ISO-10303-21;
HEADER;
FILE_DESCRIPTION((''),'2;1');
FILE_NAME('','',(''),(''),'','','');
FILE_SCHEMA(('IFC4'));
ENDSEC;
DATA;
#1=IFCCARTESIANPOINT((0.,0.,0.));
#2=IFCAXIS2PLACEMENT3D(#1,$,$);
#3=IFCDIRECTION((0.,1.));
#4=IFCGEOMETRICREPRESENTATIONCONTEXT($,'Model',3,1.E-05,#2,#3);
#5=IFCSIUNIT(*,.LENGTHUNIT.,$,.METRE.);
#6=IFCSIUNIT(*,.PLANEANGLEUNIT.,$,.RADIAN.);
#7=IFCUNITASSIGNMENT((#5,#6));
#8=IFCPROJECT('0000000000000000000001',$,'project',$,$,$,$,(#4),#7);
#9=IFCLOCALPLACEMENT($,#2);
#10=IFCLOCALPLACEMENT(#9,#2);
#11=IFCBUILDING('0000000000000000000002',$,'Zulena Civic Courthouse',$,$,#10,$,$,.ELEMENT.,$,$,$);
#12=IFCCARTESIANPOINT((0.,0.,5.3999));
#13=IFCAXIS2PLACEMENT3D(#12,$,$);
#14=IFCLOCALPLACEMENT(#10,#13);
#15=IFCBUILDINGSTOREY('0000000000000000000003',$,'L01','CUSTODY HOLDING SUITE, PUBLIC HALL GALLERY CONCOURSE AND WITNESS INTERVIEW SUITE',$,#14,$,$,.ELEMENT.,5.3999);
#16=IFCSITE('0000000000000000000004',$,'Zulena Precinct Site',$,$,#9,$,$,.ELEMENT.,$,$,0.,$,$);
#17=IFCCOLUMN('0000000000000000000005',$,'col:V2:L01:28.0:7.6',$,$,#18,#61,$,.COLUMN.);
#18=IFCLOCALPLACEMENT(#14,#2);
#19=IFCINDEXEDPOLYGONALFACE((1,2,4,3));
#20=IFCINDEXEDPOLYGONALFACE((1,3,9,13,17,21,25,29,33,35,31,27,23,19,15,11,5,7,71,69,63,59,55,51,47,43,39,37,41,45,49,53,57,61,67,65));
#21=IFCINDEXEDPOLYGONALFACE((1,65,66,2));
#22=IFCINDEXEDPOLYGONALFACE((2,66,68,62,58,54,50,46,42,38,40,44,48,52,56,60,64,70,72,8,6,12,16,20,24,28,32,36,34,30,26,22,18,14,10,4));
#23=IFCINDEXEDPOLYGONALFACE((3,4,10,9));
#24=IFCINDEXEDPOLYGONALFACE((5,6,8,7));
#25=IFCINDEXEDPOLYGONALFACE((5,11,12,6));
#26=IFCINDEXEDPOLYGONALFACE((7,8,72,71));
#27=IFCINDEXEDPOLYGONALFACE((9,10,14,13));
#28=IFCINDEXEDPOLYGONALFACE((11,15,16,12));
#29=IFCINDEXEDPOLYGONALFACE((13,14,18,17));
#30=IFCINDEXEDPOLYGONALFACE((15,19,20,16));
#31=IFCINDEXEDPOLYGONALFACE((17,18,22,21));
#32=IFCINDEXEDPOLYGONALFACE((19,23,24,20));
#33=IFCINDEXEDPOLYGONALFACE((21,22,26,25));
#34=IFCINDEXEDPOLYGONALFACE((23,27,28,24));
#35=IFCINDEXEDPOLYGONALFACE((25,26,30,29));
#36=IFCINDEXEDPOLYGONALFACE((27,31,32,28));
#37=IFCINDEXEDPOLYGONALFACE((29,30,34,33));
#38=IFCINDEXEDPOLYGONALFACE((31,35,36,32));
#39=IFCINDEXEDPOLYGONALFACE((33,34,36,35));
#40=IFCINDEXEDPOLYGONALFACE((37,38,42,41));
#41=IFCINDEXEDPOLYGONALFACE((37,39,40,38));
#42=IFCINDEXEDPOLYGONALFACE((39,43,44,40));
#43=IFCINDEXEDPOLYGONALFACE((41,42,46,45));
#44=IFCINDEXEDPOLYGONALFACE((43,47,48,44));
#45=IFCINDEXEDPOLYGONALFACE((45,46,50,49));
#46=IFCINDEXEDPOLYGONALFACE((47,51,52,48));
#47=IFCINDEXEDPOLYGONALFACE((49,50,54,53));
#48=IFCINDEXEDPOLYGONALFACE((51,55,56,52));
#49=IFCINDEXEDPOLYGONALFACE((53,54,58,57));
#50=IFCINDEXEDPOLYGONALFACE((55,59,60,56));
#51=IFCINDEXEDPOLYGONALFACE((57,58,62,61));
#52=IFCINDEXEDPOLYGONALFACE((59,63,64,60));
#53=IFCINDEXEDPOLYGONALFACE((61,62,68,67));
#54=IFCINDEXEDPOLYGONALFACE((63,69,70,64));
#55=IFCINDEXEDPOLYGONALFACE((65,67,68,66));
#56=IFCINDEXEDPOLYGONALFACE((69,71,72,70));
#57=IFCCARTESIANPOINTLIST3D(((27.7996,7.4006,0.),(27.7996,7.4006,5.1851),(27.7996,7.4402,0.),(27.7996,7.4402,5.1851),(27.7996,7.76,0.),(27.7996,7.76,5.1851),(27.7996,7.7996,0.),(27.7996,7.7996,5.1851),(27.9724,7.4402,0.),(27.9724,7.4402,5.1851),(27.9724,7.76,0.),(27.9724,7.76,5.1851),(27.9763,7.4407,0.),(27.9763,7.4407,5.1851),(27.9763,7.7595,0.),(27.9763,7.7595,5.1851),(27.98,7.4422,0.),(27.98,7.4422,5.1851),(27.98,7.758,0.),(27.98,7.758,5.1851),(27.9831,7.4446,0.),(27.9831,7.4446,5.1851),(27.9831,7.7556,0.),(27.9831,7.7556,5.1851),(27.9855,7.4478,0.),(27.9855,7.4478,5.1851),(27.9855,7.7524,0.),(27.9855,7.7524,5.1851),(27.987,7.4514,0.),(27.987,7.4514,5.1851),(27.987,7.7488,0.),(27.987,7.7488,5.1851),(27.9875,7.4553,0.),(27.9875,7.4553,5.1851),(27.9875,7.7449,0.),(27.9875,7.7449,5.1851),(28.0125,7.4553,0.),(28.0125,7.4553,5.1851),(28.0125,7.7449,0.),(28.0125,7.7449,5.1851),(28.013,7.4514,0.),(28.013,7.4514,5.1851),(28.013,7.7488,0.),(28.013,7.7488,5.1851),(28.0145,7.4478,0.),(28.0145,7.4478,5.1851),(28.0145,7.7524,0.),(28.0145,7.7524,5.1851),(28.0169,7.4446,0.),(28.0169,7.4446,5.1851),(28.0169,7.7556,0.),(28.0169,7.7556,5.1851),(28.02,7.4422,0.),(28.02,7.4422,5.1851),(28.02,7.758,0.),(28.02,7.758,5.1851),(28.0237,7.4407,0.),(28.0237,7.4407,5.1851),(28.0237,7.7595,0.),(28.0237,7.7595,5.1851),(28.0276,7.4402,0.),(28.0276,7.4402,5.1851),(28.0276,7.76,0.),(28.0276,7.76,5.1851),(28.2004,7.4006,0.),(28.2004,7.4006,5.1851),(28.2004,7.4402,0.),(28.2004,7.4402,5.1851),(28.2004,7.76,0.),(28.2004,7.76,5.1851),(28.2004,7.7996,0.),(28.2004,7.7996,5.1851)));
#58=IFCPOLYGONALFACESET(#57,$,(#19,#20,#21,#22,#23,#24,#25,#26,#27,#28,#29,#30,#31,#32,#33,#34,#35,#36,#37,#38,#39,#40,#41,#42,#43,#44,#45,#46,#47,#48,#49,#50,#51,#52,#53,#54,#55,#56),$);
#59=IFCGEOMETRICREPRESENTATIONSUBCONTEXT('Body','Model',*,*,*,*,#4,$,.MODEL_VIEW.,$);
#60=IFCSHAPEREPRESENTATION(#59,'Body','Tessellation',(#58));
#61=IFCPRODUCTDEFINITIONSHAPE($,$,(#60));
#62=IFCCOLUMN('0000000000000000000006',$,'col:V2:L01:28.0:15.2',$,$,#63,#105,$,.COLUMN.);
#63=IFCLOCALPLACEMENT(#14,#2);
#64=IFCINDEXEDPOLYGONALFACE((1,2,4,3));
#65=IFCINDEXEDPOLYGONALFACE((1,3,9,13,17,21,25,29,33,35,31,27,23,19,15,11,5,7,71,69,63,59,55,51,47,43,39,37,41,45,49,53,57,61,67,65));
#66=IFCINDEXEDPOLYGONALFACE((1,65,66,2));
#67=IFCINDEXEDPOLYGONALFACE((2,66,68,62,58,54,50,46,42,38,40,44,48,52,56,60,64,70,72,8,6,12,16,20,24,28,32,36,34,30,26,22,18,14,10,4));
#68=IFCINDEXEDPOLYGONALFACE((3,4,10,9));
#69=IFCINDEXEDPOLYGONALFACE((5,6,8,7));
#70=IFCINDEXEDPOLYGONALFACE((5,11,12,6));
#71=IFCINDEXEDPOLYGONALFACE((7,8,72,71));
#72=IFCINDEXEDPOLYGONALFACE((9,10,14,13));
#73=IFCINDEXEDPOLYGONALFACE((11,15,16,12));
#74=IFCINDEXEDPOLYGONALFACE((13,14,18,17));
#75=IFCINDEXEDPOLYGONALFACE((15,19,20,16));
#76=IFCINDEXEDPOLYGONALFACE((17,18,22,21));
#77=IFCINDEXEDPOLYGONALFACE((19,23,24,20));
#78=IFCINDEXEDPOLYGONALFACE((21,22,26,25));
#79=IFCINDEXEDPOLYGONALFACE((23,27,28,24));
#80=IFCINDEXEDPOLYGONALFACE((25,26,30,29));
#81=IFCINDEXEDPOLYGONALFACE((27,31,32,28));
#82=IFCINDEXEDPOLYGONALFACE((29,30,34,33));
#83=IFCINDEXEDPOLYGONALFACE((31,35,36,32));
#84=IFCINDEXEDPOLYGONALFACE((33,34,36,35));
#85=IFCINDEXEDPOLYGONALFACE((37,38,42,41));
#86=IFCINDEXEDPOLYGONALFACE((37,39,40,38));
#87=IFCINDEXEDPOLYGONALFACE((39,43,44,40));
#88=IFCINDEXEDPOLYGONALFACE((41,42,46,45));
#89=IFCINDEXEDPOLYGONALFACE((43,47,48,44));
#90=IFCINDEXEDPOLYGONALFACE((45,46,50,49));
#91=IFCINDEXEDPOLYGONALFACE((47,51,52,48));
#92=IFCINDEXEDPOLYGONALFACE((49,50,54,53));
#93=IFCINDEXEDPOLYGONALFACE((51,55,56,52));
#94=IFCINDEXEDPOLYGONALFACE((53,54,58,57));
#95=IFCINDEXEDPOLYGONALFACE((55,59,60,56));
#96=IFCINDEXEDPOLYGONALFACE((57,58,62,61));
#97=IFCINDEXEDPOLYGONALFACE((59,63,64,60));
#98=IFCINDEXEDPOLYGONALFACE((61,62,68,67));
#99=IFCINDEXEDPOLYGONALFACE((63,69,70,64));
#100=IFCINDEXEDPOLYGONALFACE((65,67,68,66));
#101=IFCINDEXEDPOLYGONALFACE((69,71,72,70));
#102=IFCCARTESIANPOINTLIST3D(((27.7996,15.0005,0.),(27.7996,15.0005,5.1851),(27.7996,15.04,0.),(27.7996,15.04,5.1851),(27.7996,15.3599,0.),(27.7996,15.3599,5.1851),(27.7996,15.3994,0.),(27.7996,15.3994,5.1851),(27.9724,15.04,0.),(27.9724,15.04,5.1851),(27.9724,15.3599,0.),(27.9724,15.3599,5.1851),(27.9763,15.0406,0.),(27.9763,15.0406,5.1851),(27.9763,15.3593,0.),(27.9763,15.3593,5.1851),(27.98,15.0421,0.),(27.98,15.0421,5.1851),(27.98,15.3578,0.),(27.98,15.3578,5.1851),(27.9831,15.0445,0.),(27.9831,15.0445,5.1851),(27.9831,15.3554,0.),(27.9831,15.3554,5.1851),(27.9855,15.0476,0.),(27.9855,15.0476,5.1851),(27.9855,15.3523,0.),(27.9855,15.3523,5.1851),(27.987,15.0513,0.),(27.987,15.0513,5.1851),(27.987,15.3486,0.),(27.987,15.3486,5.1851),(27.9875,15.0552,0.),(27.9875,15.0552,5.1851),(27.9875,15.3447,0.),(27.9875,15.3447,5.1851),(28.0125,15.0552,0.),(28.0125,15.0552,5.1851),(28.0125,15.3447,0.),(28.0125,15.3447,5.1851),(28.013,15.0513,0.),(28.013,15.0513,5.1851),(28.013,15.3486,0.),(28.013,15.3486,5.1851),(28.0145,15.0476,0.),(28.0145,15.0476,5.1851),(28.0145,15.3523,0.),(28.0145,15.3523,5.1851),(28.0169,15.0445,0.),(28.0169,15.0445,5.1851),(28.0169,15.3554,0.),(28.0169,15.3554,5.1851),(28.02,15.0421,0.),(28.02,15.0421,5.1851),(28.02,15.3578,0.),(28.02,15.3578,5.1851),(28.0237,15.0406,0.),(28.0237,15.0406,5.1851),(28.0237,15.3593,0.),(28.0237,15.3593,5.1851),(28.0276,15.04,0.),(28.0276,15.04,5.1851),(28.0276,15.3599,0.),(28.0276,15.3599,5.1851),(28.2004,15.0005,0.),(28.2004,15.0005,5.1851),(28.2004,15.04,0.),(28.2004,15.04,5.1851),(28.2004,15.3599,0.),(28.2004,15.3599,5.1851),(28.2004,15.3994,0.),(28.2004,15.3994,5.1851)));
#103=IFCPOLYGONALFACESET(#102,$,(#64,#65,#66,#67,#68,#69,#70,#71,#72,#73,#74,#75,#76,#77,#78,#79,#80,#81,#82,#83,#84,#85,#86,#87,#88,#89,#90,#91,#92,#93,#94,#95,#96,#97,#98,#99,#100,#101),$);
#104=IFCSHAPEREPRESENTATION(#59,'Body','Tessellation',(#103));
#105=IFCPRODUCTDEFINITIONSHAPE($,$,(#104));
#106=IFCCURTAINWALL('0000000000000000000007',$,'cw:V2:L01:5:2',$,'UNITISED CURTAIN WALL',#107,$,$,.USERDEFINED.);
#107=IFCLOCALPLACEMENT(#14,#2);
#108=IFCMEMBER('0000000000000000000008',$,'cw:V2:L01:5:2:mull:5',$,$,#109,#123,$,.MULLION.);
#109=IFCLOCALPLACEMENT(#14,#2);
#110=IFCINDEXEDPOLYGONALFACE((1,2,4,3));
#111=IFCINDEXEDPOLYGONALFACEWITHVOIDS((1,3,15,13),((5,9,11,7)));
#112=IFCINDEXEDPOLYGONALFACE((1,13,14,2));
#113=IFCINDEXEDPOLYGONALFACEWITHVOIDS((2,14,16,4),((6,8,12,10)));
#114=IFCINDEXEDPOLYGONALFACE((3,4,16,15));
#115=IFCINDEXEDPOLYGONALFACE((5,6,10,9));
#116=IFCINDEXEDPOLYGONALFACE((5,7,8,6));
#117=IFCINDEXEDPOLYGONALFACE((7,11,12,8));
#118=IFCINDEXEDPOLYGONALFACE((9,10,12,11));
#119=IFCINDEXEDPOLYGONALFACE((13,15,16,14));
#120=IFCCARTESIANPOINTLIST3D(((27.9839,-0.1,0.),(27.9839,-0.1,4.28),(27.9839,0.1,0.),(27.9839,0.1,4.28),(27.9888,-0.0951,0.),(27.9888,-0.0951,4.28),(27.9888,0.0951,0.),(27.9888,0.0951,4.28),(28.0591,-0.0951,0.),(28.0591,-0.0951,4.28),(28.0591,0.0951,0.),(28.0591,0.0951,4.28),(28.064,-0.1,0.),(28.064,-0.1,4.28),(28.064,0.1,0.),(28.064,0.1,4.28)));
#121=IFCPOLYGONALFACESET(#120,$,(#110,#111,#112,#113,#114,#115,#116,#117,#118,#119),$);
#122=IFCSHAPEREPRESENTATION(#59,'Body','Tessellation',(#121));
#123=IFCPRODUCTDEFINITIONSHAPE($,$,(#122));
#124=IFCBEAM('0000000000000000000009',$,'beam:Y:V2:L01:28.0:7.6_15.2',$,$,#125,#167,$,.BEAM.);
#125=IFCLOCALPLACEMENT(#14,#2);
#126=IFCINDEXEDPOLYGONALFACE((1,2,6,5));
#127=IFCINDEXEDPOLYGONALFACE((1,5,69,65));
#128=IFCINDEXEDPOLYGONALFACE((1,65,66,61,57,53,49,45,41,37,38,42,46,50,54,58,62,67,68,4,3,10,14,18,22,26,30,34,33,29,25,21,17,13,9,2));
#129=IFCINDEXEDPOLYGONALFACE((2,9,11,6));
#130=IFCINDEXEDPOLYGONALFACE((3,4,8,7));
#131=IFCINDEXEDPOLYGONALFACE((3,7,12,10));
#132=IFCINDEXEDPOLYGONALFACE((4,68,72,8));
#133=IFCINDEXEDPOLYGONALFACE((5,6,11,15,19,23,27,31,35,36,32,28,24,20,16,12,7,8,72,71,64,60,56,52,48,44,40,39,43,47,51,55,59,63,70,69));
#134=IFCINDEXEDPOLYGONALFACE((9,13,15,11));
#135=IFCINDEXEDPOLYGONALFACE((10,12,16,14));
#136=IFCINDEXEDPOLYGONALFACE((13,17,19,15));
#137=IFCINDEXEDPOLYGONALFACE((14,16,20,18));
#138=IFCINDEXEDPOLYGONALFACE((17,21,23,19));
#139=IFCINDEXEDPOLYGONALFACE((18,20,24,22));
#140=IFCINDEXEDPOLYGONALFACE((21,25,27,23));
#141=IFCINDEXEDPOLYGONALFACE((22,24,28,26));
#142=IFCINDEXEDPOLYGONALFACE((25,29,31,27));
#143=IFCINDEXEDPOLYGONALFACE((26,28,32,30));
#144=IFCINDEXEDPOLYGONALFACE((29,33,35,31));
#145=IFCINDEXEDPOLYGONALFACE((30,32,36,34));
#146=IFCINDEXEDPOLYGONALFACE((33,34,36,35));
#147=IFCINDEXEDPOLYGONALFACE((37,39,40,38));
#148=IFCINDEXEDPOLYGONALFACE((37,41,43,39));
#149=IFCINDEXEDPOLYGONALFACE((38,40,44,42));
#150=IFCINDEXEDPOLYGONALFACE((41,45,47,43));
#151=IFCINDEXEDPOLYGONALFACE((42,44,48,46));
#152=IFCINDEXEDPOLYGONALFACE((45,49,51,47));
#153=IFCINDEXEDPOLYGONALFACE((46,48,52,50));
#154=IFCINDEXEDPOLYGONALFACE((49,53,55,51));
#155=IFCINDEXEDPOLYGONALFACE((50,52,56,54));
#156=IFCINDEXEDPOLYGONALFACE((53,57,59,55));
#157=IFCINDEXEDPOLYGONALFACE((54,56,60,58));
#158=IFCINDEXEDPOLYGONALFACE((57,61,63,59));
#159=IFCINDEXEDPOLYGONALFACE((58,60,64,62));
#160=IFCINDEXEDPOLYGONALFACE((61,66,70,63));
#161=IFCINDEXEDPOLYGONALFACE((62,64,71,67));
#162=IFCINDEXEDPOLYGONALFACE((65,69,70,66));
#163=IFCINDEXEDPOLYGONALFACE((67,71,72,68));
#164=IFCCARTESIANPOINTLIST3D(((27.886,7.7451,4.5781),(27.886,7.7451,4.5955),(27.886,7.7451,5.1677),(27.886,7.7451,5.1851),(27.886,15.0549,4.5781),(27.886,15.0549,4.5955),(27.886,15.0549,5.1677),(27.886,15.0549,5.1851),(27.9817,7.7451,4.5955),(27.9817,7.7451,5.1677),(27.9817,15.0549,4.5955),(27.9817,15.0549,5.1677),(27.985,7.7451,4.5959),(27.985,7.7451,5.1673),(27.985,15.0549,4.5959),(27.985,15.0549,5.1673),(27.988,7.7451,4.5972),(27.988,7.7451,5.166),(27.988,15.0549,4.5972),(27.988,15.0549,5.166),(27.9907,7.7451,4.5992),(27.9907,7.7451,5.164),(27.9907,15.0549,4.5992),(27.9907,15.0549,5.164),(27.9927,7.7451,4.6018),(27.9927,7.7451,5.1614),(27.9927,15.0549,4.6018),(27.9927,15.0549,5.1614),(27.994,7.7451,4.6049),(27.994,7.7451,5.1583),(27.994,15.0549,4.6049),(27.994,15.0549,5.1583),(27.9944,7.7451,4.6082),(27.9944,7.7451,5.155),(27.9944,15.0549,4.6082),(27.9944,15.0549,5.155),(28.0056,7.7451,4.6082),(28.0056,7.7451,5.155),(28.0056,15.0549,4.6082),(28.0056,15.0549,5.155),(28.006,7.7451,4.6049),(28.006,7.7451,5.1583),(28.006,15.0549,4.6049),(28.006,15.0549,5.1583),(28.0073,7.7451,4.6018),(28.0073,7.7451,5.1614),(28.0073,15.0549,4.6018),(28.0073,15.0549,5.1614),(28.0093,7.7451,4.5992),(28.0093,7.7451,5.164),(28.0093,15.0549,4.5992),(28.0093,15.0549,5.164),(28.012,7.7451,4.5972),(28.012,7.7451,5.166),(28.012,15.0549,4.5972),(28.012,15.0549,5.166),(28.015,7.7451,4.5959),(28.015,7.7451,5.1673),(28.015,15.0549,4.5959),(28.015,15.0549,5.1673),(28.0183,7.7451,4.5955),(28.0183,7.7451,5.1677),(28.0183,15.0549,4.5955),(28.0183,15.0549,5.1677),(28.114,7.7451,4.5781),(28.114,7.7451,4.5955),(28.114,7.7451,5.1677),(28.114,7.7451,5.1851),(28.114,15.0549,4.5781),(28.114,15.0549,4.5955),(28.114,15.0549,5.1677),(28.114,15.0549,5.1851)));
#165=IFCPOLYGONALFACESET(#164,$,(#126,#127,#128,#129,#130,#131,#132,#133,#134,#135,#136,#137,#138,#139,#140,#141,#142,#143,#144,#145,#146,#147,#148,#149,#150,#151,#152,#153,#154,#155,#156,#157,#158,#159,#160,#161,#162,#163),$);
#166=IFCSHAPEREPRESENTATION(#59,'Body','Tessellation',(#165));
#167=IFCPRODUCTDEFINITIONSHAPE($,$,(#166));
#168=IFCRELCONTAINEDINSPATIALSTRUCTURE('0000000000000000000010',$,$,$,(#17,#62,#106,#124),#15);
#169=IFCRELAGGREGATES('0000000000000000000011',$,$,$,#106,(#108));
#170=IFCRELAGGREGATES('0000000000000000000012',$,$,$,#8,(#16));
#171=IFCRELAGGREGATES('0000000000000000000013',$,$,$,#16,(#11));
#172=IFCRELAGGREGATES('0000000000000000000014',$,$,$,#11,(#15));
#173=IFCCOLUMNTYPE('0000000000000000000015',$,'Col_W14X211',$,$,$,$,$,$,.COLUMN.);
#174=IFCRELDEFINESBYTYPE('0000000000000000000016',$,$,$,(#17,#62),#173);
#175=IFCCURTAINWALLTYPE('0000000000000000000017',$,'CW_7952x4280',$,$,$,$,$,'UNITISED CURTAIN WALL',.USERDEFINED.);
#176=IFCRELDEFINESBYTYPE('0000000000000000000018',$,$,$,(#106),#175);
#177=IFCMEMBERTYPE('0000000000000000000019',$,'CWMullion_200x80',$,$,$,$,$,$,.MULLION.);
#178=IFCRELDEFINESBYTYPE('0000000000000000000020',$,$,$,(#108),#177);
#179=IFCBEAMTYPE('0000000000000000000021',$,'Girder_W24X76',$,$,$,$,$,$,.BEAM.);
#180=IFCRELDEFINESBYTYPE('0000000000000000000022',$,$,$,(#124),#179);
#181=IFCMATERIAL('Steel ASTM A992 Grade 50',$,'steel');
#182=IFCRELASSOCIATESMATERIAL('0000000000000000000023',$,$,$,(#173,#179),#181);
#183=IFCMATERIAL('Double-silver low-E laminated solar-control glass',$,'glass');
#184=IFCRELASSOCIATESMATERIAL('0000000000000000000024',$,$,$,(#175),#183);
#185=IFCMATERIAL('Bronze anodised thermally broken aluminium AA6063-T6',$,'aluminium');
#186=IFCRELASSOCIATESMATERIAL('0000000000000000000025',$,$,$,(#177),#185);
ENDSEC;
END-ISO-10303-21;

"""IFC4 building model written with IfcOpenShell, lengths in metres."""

from ifc_helpers import new_model, si_unit, direction, frame, origin, origin_2d, place, context, subcontext, project, spatial, hollow_rectangle, i_section, extrude, material, material_profile, profile_set, type_object, element, aggregate, save


model = new_model("IFC4")

# Units and contexts
model_context = context("Model", 3, precision=1e-05, world=origin(), true_north=direction((0.0, 1.0)))
body_context = subcontext(model_context, "Body", "Model", "MODEL_VIEW")
ifc_project = project(units=[si_unit("LENGTHUNIT", "METRE"), si_unit("PLANEANGLEUNIT", "RADIAN")], contexts=[model_context])

# Site, building, storey
site_placement = place(None, origin())
site = spatial("IfcSite", under=ifc_project, at=site_placement, Name="Zulena Precinct Site", CompositionType="ELEMENT", RefElevation=0.0)
building_placement = place(site_placement, origin())
building = spatial("IfcBuilding", under=site, at=building_placement, Name="Zulena Civic Courthouse", CompositionType="ELEMENT")
storey_placement = place(building_placement, frame((0.0, 0.0, 5.3999)))
storey = spatial("IfcBuildingStorey", under=building, at=storey_placement, Name="L01", Description="CUSTODY HOLDING SUITE, PUBLIC HALL GALLERY CONCOURSE AND WITNESS INTERVIEW SUITE", CompositionType="ELEMENT", Elevation=5.3999)

# Columns
ifc_material_1 = material(Name="Steel ASTM A992 Grade 50", Category="steel")
ifc_material_profile_1 = material_profile(ifc_material_1, i_section(OverallWidth=0.4009, OverallDepth=0.3989, WebThickness=0.0249, FlangeThickness=0.0396, FilletRadius=0.0151, at=origin_2d()), Name="W14X211")
ifc_profile_set_1 = profile_set([ifc_material_profile_1], Name="Steel ASTM A992 Grade 50")
column_type = type_object("IfcColumnType", Name="Col_W14X211", PredefinedType="COLUMN", material=ifc_profile_set_1)
for number, where, z_axis, x_axis, name in (
    (1, (28.0, 7.6001, 0.0), (0.0, 0.0, 1.0), (1.0, 0.0, 0.0), "col:V2:L01:28.0:7.6"),
    (2, (28.0, 15.2, 0.0), (0.0, 0.0, 1.0), (1.0, 0.0, 0.0), "col:V2:L01:28.0:15.2"),
):
    element("IfcColumn", number, at=place(storey_placement, frame(where, z_axis=z_axis, x_axis=x_axis)), inside=storey, type_object=column_type, Name=name, PredefinedType="COLUMN", context=body_context, shape_type="SweptSolid", body=[
        extrude(i_section(OverallWidth=0.4009, OverallDepth=0.3989, WebThickness=0.0249, FlangeThickness=0.0396, FilletRadius=0.0151, at=origin_2d()), origin(), (0.0, 0.0, 1.0), 5.1851),
    ])

# Curtain wall, member
ifc_material_2 = material(Name="Double-silver low-E laminated solar-control glass", Category="glass")
curtain_wall_type = type_object("IfcCurtainWallType", Name="CW_7952x4280", ElementType="UNITISED CURTAIN WALL", PredefinedType="USERDEFINED", material=ifc_material_2)
curtain_wall_placement = place(storey_placement, origin())
curtain_wall = element("IfcCurtainWall", 3, at=curtain_wall_placement, inside=storey, type_object=curtain_wall_type, Name="cw:V2:L01:5:2", ObjectType="UNITISED CURTAIN WALL", PredefinedType="USERDEFINED")
ifc_material_3 = material(Name="Bronze anodised thermally broken aluminium AA6063-T6", Category="aluminium")
ifc_material_profile_2 = material_profile(ifc_material_3, hollow_rectangle(XDim=0.0801, YDim=0.2, WallThickness=0.0049, at=origin_2d()), Name="CWM200X80X5")
ifc_profile_set_2 = profile_set([ifc_material_profile_2], Name="Bronze anodised thermally broken aluminium AA6063-T6")
member_type = type_object("IfcMemberType", Name="CWMullion_200x80", PredefinedType="MULLION", material=ifc_profile_set_2)
member_placement = place(storey_placement, frame((28.0239, 0.0, 0.0), z_axis=(0.0, 0.0, 1.0), x_axis=(1.0, 0.0, 0.0)))
member = element("IfcMember", 4, at=member_placement, type_object=member_type, Name="cw:V2:L01:5:2:mull:5", PredefinedType="MULLION", context=body_context, shape_type="SweptSolid", body=[
    extrude(hollow_rectangle(XDim=0.0801, YDim=0.2, WallThickness=0.0049, at=origin_2d()), origin(), (0.0, 0.0, 1.0), 4.28),
])
aggregate(curtain_wall, [member])

# Beam
ifc_material_profile_3 = material_profile(ifc_material_1, i_section(OverallWidth=0.228, OverallDepth=0.6069, WebThickness=0.0112, FlangeThickness=0.0173, FilletRadius=0.0127, at=origin_2d()), Name="W24X76")
ifc_profile_set_3 = profile_set([ifc_material_profile_3], Name="Steel ASTM A992 Grade 50")
beam_type_1 = type_object("IfcBeamType", Name="Girder_W24X76", PredefinedType="BEAM", material=ifc_profile_set_3)
beam_1_placement = place(storey_placement, frame((28.0, 7.7451, 4.8816), z_axis=(0.0, 1.0, 0.0), x_axis=(-1.0, 0.0, 0.0)))
element("IfcBeam", 5, at=beam_1_placement, inside=storey, type_object=beam_type_1, Name="beam:Y:V2:L01:28.0:7.6_15.2", PredefinedType="BEAM", context=body_context, shape_type="SweptSolid", body=[
    extrude(i_section(OverallWidth=0.228, OverallDepth=0.6069, WebThickness=0.0112, FlangeThickness=0.0173, FilletRadius=0.0127, at=origin_2d()), origin(), (0.0, 0.0, 1.0), 7.3098),
])

save(model, "model.ifc")
